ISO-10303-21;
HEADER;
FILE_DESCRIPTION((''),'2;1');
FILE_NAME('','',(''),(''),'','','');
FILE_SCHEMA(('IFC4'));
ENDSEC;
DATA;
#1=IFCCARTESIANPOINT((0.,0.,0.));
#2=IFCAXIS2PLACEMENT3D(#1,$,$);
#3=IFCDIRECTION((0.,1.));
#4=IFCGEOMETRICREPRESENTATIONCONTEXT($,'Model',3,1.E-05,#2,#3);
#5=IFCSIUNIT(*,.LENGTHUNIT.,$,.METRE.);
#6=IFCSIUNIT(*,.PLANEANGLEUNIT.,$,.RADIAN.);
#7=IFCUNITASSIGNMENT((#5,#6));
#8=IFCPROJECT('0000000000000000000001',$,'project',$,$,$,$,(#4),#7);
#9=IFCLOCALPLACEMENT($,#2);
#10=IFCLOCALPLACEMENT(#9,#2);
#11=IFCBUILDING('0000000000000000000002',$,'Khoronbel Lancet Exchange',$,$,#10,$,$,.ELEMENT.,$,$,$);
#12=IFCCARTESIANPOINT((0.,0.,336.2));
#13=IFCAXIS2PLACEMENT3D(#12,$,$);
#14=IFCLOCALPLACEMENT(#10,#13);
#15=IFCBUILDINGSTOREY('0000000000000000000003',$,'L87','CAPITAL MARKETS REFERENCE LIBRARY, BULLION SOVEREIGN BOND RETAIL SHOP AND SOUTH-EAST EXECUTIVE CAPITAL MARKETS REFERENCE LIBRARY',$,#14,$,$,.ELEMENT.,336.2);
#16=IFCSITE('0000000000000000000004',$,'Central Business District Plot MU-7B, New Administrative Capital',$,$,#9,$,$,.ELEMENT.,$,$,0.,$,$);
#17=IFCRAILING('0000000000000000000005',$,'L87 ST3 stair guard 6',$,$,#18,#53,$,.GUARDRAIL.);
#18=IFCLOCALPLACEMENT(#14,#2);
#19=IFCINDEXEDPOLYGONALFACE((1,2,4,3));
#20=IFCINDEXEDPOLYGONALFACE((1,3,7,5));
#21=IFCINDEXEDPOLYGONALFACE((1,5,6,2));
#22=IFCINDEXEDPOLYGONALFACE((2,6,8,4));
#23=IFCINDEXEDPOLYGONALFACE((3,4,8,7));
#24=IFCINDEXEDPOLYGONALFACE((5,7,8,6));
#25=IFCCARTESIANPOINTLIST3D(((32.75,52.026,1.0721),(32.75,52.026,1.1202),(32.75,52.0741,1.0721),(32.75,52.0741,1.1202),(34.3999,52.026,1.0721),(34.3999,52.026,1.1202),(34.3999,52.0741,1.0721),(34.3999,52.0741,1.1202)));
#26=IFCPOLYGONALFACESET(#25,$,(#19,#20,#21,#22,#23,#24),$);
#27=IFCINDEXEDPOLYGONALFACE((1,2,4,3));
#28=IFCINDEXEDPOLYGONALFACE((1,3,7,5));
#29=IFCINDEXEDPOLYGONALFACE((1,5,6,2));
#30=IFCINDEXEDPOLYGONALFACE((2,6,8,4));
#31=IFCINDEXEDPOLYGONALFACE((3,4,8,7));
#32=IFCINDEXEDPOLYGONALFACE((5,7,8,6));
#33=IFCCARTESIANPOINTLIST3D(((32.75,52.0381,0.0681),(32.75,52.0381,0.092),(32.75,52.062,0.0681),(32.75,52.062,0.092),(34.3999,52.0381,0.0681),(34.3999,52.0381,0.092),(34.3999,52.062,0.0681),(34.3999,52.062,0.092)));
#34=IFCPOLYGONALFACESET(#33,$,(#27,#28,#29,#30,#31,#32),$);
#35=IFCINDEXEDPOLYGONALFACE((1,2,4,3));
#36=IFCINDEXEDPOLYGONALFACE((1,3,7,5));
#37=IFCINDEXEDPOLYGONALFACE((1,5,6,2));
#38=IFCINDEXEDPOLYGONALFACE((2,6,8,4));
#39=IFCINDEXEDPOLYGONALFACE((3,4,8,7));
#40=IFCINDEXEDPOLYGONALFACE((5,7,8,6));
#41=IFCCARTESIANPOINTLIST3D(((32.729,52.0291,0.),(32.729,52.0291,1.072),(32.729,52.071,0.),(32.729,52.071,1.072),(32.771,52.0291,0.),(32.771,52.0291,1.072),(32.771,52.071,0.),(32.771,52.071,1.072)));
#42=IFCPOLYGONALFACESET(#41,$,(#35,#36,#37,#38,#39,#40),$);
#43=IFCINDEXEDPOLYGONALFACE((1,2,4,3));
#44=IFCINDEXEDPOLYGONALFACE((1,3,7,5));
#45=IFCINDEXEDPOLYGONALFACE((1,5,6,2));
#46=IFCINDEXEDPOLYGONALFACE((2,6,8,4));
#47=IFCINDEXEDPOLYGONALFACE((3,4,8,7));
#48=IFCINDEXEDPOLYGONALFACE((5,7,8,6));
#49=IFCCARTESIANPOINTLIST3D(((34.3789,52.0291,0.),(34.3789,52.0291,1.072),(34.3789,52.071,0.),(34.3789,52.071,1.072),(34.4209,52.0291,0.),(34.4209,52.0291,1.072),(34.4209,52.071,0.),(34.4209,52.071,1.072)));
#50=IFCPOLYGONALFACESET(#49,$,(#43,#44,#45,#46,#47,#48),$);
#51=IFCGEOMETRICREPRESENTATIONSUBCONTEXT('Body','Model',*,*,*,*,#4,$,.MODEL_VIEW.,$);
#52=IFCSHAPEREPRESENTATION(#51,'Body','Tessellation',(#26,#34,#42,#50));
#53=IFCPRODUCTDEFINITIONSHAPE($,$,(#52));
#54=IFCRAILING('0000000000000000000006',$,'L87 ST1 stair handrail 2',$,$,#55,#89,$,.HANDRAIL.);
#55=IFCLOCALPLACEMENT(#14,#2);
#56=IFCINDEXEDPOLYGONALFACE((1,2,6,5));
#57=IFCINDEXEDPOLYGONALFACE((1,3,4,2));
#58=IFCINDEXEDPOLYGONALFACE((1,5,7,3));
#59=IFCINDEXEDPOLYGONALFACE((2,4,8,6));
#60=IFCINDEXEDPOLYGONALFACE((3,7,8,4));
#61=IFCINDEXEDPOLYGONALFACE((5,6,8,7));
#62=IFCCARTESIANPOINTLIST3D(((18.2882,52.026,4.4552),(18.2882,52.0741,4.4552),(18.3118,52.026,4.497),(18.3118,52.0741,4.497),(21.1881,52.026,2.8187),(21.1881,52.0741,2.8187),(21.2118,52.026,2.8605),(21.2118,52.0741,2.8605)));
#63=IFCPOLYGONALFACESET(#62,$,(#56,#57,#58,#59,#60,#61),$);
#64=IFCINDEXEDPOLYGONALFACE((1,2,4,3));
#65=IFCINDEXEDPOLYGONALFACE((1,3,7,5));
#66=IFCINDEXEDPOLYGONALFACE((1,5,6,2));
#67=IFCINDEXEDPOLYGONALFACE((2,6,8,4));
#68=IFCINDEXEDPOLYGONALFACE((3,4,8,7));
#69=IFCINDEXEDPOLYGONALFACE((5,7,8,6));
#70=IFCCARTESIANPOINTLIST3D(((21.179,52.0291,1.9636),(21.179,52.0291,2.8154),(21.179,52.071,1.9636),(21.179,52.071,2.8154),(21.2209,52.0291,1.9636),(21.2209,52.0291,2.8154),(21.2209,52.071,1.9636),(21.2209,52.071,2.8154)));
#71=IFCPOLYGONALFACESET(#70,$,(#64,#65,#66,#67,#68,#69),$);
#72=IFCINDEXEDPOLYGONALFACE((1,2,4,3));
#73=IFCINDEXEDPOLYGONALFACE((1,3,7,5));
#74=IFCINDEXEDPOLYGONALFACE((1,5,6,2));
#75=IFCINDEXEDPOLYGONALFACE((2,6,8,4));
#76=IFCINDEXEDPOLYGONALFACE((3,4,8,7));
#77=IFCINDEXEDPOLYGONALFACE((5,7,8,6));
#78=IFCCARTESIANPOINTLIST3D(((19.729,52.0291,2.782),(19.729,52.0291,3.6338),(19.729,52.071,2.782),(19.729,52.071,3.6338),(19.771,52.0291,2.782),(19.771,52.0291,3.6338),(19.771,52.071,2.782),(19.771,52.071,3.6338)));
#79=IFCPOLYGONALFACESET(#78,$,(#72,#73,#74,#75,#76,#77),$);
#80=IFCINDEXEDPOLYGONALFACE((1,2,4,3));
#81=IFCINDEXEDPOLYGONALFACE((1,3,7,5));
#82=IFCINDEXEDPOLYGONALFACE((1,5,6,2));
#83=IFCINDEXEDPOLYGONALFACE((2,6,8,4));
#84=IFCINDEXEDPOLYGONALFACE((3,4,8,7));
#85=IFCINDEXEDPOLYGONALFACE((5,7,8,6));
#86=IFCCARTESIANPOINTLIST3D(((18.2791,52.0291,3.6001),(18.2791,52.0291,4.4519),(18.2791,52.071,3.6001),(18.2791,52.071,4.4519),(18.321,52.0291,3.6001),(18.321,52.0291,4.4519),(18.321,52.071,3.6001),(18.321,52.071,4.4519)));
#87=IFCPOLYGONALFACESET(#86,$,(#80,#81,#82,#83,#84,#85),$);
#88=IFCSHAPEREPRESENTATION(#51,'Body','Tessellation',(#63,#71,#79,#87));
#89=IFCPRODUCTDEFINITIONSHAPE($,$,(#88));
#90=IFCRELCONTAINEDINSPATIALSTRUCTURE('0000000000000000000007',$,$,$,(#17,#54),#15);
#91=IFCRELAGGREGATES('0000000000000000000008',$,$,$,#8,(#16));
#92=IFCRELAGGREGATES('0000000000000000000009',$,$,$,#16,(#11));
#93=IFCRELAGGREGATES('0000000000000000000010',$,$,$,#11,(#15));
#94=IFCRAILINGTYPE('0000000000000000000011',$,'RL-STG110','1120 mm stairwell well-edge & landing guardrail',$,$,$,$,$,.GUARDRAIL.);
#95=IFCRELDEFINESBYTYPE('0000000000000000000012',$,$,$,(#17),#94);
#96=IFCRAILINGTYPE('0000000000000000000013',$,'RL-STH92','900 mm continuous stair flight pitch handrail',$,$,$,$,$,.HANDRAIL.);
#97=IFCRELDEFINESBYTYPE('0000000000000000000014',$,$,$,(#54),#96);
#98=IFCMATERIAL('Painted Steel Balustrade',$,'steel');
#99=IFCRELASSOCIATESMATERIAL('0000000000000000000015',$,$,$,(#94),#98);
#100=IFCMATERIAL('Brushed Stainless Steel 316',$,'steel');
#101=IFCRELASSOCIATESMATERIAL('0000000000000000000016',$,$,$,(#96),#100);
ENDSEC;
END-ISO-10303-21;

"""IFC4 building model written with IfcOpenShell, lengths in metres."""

from ifc_helpers import new_model, si_unit, direction, frame, origin, origin_2d, place, context, subcontext, project, spatial, rectangle, extrude, material, type_object, element, save


model = new_model("IFC4")

# Units and contexts
model_context = context("Model", 3, precision=1e-05, world=origin(), true_north=direction((0.0, 1.0)))
body_context = subcontext(model_context, "Body", "Model", "MODEL_VIEW")
ifc_project = project(units=[si_unit("LENGTHUNIT", "METRE"), si_unit("PLANEANGLEUNIT", "RADIAN")], contexts=[model_context])

# Site, building, storey
site_placement = place(None, origin())
site = spatial("IfcSite", under=ifc_project, at=site_placement, Name="Central Business District Plot MU-7B, New Administrative Capital", CompositionType="ELEMENT", RefElevation=0.0)
building_placement = place(site_placement, origin())
building = spatial("IfcBuilding", under=site, at=building_placement, Name="Khoronbel Lancet Exchange", CompositionType="ELEMENT")
storey_placement = place(building_placement, frame((0.0, 0.0, 336.2)))
storey = spatial("IfcBuildingStorey", under=building, at=storey_placement, Name="L87", Description="CAPITAL MARKETS REFERENCE LIBRARY, BULLION SOVEREIGN BOND RETAIL SHOP AND SOUTH-EAST EXECUTIVE CAPITAL MARKETS REFERENCE LIBRARY", CompositionType="ELEMENT", Elevation=336.2)

# Railings
ifc_material_1 = material(Name="Painted Steel Balustrade", Category="steel")
railing_type_1 = type_object("IfcRailingType", Name="RL-STG110", Description="1120 mm stairwell well-edge & landing guardrail", PredefinedType="GUARDRAIL", material=ifc_material_1)
railing_1_placement = place(storey_placement, frame((32.75, 52.05, 0.0)))
element("IfcRailing", 1, at=railing_1_placement, inside=storey, type_object=railing_type_1, Name="L87 ST3 stair guard 6", PredefinedType="GUARDRAIL", context=body_context, shape_type="SweptSolid", body=[
    extrude(rectangle(XDim=0.0481, YDim=0.0481, at=origin_2d()), frame((0.0, 0.0, 1.0962), z_axis=(1.0, 0.0, 0.0), x_axis=(0.0, 1.0, 0.0)), (0.0, 0.0, 1.0), 1.6499),
    extrude(rectangle(XDim=0.0239, YDim=0.0239, at=origin_2d()), frame((0.0, 0.0, 0.0801), z_axis=(1.0, 0.0, 0.0), x_axis=(0.0, 1.0, 0.0)), (0.0, 0.0, 1.0), 1.6499),
    extrude(rectangle(XDim=0.042, YDim=0.042, at=origin_2d()), origin(), (0.0, 0.0, 1.0), 1.072),
    extrude(rectangle(XDim=0.042, YDim=0.042, at=origin_2d()), frame((1.6499, 0.0, 0.0)), (0.0, 0.0, 1.0), 1.072),
])
ifc_material_2 = material(Name="Brushed Stainless Steel 316", Category="steel")
railing_type_2 = type_object("IfcRailingType", Name="RL-STH92", Description="900 mm continuous stair flight pitch handrail", PredefinedType="HANDRAIL", material=ifc_material_2)
railing_2_placement = place(storey_placement, frame((21.2, 52.05, 1.9636)))
element("IfcRailing", 2, at=railing_2_placement, inside=storey, type_object=railing_type_2, Name="L87 ST1 stair handrail 2", PredefinedType="HANDRAIL", context=body_context, shape_type="SweptSolid", body=[
    extrude(rectangle(XDim=0.0481, YDim=0.0481, at=origin_2d()), frame((0.0, 0.0, 0.876), z_axis=(-0.870897, 0.0, 0.491465), x_axis=(0.0, -1.0, 0.0)), (0.0, 0.0, 1.0), 3.3298),
    extrude(rectangle(XDim=0.042, YDim=0.042, at=origin_2d()), origin(), (0.0, 0.0, 1.0), 0.8518),
    extrude(rectangle(XDim=0.042, YDim=0.042, at=origin_2d()), frame((-1.45, 0.0, 0.8184)), (0.0, 0.0, 1.0), 0.8518),
    extrude(rectangle(XDim=0.042, YDim=0.042, at=origin_2d()), frame((-2.8999, 0.0, 1.6365)), (0.0, 0.0, 1.0), 0.8518),
])

save(model, "model.ifc")
